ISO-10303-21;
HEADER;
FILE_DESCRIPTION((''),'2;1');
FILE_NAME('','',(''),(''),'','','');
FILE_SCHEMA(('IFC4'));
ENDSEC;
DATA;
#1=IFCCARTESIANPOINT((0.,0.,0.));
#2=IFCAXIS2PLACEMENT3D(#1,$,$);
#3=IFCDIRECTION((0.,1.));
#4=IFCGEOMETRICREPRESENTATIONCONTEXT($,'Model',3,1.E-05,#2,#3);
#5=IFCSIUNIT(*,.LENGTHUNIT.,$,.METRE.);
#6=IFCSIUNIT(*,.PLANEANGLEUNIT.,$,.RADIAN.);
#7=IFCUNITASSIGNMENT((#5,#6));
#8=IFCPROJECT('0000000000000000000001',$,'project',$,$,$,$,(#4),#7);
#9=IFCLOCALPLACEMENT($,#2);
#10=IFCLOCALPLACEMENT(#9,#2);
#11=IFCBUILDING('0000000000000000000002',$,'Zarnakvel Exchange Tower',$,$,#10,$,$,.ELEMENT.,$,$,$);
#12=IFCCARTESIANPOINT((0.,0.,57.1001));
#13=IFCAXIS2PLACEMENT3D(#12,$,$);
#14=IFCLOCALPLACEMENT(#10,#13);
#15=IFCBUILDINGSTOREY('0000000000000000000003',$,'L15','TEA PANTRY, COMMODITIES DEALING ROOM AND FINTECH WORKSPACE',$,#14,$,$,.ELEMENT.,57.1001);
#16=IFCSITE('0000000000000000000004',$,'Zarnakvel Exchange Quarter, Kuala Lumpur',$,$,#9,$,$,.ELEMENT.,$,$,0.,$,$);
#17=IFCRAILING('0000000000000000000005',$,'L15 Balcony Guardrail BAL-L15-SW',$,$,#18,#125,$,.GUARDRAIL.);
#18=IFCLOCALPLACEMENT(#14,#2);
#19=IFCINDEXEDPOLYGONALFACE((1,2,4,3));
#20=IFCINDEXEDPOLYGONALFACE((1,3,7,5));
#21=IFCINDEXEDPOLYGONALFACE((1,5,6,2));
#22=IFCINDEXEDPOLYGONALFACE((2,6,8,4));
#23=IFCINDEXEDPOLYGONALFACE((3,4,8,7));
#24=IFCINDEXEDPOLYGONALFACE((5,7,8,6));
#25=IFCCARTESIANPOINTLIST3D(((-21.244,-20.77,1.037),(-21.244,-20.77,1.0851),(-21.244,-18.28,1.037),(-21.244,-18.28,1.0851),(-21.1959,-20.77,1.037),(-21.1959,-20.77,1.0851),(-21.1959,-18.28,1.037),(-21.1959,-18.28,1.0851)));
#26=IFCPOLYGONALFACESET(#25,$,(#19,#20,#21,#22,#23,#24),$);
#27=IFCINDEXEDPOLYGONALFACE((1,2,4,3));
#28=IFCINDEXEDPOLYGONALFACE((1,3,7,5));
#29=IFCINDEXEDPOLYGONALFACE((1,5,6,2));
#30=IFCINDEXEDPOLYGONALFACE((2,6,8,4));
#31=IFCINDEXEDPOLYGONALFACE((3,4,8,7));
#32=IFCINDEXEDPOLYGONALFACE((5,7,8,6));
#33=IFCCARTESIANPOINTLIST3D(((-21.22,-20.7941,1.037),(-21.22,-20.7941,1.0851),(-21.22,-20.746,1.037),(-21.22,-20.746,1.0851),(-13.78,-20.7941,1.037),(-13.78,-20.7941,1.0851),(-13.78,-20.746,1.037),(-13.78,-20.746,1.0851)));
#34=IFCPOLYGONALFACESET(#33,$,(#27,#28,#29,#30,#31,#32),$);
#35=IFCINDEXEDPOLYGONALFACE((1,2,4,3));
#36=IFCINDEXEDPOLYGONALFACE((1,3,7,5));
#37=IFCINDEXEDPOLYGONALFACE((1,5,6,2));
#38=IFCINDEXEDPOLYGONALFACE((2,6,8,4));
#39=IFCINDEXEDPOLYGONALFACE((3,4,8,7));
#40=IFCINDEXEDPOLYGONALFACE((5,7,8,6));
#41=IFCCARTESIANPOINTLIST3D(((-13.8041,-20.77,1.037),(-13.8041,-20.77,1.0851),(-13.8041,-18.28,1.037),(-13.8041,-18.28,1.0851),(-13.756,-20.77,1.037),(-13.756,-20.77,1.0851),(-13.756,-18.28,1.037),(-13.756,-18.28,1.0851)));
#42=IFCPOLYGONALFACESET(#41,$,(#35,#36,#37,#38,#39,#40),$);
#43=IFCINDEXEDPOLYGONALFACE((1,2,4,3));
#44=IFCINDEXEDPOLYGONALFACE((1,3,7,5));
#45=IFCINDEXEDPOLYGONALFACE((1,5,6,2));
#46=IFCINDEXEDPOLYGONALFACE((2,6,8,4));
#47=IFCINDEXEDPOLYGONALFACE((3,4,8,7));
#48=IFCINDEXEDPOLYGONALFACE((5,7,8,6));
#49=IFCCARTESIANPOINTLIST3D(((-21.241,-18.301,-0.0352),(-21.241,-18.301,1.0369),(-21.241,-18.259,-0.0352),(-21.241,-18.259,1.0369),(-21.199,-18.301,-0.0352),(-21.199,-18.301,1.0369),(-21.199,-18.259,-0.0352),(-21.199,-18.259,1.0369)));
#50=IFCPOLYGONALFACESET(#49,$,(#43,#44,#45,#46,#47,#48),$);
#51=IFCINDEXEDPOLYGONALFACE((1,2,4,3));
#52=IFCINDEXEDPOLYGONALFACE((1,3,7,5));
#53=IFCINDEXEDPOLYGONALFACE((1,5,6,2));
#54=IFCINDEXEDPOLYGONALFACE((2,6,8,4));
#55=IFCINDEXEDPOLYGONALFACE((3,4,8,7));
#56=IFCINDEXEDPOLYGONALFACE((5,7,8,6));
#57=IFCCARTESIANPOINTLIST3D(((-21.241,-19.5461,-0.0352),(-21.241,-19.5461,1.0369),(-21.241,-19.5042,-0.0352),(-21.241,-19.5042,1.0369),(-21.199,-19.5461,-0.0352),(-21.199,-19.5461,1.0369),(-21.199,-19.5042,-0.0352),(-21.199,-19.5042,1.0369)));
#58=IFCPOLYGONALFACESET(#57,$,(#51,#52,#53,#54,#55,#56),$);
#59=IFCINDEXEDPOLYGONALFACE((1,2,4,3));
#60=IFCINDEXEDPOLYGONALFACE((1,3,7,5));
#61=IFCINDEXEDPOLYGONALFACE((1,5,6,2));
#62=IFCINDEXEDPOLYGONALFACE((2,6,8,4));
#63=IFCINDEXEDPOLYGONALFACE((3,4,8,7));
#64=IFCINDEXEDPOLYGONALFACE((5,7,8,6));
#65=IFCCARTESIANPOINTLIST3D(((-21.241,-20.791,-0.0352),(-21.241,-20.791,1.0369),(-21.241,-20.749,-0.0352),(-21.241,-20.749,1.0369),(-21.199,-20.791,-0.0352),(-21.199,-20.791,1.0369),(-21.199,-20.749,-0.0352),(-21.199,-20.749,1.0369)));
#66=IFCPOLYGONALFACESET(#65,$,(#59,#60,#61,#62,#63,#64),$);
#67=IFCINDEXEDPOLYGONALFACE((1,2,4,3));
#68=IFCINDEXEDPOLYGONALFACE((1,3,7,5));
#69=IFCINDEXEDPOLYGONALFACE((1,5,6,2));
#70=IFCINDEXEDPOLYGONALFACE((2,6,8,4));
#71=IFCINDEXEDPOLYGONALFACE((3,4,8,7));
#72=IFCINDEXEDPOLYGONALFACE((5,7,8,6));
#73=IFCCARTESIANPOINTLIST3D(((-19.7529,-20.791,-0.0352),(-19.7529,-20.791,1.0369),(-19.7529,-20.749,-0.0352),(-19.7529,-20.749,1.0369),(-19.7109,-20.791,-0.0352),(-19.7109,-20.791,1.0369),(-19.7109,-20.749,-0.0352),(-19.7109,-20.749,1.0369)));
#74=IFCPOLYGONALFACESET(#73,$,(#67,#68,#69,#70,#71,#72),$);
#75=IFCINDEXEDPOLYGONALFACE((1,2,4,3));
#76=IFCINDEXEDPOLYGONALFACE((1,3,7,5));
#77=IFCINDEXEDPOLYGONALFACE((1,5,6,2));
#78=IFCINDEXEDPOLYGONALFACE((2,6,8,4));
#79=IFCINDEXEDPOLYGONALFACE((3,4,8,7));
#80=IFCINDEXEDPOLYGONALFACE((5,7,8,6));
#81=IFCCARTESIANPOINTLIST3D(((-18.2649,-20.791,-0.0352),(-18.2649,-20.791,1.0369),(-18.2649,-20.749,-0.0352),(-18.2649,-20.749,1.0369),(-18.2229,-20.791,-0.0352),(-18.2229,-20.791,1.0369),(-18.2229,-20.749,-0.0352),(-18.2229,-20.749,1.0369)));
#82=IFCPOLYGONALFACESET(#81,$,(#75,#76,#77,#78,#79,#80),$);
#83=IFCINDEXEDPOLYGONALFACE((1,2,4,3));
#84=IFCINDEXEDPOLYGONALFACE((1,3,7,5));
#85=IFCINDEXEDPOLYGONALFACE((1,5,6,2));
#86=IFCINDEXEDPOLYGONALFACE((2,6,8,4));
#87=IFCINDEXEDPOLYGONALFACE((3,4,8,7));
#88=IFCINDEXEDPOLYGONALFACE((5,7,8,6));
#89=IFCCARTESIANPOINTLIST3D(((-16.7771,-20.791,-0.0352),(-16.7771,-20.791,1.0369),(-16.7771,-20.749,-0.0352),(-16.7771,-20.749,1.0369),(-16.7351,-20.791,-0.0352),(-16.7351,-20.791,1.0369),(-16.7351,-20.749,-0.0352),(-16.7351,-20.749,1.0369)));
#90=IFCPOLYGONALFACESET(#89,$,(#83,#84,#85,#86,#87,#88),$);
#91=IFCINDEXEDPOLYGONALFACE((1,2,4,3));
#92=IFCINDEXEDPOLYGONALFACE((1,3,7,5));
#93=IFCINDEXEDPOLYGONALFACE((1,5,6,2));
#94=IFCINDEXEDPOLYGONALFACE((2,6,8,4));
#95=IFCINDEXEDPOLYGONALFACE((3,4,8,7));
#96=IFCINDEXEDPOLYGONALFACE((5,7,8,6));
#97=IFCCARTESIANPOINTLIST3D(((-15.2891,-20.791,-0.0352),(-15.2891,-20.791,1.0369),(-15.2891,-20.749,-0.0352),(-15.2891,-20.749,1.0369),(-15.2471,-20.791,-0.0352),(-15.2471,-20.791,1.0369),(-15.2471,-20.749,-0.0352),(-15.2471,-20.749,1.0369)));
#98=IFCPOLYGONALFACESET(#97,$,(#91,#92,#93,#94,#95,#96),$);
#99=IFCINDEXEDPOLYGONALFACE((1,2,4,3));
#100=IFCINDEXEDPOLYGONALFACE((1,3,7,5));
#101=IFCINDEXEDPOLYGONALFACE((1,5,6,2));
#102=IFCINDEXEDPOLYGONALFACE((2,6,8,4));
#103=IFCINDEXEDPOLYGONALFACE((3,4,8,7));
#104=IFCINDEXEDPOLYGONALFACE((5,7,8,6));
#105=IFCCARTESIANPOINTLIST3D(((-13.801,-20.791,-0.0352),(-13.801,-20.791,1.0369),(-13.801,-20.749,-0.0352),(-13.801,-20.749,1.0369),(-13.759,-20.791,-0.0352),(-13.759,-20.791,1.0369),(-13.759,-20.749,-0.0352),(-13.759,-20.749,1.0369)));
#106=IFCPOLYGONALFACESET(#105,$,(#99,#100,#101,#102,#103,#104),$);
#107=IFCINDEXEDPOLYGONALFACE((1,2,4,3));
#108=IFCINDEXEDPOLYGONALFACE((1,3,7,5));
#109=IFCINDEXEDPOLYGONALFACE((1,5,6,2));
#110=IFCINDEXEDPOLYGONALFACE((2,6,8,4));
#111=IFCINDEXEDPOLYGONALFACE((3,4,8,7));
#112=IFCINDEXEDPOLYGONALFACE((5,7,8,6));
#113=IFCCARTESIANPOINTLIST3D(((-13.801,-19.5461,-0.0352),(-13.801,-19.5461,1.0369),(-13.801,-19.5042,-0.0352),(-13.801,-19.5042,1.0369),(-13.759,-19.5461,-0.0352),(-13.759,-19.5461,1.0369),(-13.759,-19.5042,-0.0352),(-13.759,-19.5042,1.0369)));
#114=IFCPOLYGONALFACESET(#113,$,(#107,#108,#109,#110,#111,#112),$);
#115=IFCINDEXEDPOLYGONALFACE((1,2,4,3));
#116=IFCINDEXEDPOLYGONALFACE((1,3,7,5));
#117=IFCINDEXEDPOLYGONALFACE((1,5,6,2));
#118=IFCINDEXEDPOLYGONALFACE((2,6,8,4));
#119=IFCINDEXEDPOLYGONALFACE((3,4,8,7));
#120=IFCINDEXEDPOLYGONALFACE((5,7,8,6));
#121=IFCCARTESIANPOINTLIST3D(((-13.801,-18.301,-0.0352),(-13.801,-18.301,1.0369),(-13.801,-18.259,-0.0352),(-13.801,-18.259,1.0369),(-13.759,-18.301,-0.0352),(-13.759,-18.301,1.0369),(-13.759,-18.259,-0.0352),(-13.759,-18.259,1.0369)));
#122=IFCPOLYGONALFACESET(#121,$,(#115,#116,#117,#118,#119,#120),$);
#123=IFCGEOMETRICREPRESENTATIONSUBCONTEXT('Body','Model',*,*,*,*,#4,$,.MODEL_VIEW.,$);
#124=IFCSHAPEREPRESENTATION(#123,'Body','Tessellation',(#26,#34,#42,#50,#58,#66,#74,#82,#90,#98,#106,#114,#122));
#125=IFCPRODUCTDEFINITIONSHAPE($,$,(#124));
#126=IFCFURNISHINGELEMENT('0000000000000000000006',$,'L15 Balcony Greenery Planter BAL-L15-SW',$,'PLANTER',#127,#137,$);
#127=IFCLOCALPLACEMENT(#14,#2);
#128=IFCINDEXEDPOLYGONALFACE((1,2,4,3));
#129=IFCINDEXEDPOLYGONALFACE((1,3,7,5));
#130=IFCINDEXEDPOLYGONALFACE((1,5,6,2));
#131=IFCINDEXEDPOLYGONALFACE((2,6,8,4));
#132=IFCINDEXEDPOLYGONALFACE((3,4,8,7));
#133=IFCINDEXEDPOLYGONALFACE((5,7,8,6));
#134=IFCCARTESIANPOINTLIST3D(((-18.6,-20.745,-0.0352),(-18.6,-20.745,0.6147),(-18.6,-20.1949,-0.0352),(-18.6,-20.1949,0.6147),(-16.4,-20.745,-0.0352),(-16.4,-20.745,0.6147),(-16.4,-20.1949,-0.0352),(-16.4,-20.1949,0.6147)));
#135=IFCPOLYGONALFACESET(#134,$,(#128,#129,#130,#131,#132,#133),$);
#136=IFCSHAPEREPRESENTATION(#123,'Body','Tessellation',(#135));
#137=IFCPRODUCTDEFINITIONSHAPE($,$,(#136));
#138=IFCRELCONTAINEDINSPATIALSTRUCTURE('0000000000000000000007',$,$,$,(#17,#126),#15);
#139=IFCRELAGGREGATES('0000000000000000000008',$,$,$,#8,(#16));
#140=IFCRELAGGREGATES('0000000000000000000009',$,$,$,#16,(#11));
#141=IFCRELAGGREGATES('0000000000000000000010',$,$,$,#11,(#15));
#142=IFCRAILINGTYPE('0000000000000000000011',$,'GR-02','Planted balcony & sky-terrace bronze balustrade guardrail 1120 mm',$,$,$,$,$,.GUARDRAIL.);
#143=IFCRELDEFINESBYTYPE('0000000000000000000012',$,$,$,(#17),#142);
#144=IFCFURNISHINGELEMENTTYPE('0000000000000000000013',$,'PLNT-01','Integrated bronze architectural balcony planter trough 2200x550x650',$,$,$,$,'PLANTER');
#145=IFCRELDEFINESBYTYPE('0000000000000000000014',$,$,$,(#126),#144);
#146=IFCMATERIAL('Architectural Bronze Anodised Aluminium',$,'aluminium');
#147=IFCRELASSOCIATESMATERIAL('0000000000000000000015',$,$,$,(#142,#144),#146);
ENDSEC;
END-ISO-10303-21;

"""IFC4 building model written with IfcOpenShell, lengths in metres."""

from ifc_helpers import new_model, si_unit, direction, frame, origin, origin_2d, place, context, subcontext, project, spatial, rectangle, extrude, source, transform, mapped, material, type_object, element, save


model = new_model("IFC4")

# Units and contexts
model_context = context("Model", 3, precision=1e-05, world=origin(), true_north=direction((0.0, 1.0)))
body_context = subcontext(model_context, "Body", "Model", "MODEL_VIEW")
ifc_project = project(units=[si_unit("LENGTHUNIT", "METRE"), si_unit("PLANEANGLEUNIT", "RADIAN")], contexts=[model_context])

# Site, building, storey
site_placement = place(None, origin())
site = spatial("IfcSite", under=ifc_project, at=site_placement, Name="Zarnakvel Exchange Quarter, Kuala Lumpur", CompositionType="ELEMENT", RefElevation=0.0)
building_placement = place(site_placement, origin())
building = spatial("IfcBuilding", under=site, at=building_placement, Name="Zarnakvel Exchange Tower", CompositionType="ELEMENT")
storey_placement = place(building_placement, frame((0.0, 0.0, 57.1001)))
storey = spatial("IfcBuildingStorey", under=building, at=storey_placement, Name="L15", Description="TEA PANTRY, COMMODITIES DEALING ROOM AND FINTECH WORKSPACE", CompositionType="ELEMENT", Elevation=57.1001)

# Shared definitions
ifc_material_1 = material(Name="Architectural Bronze Anodised Aluminium", Category="aluminium")

# Railing
railing_type = type_object("IfcRailingType", Name="GR-02", Description="Planted balcony & sky-terrace bronze balustrade guardrail 1120 mm", PredefinedType="GUARDRAIL", material=ifc_material_1)
railing_placement = place(storey_placement, frame((-21.22, -18.28, -0.0352)))
element("IfcRailing", 1, at=railing_placement, inside=storey, type_object=railing_type, Name="L15 Balcony Guardrail BAL-L15-SW", PredefinedType="GUARDRAIL", context=body_context, shape_type="SweptSolid", body=[
    extrude(rectangle(XDim=0.0481, YDim=0.0481, at=origin_2d()), frame((0.0, 0.0, 1.0962), z_axis=(0.0, -1.0, 0.0), x_axis=(1.0, 0.0, 0.0)), (0.0, 0.0, 1.0), 2.49),
    extrude(rectangle(XDim=0.0481, YDim=0.0481, at=origin_2d()), frame((0.0, -2.49, 1.0962), z_axis=(1.0, 0.0, 0.0), x_axis=(0.0, 1.0, 0.0)), (0.0, 0.0, 1.0), 7.4399),
    extrude(rectangle(XDim=0.0481, YDim=0.0481, at=origin_2d()), frame((7.4399, -2.49, 1.0962), z_axis=(0.0, 1.0, 0.0), x_axis=(-1.0, 0.0, 0.0)), (0.0, 0.0, 1.0), 2.49),
    extrude(rectangle(XDim=0.042, YDim=0.042, at=origin_2d()), origin(), (0.0, 0.0, 1.0), 1.072),
    extrude(rectangle(XDim=0.042, YDim=0.042, at=origin_2d()), frame((0.0, -1.2451, 0.0)), (0.0, 0.0, 1.0), 1.072),
    extrude(rectangle(XDim=0.042, YDim=0.042, at=origin_2d()), frame((0.0, -2.49, 0.0)), (0.0, 0.0, 1.0), 1.072),
    extrude(rectangle(XDim=0.042, YDim=0.042, at=origin_2d()), frame((1.488, -2.49, 0.0)), (0.0, 0.0, 1.0), 1.072),
    extrude(rectangle(XDim=0.042, YDim=0.042, at=origin_2d()), frame((2.9761, -2.49, 0.0)), (0.0, 0.0, 1.0), 1.072),
    extrude(rectangle(XDim=0.042, YDim=0.042, at=origin_2d()), frame((4.4639, -2.49, 0.0)), (0.0, 0.0, 1.0), 1.072),
    extrude(rectangle(XDim=0.042, YDim=0.042, at=origin_2d()), frame((5.9519, -2.49, 0.0)), (0.0, 0.0, 1.0), 1.072),
    extrude(rectangle(XDim=0.042, YDim=0.042, at=origin_2d()), frame((7.4399, -2.49, 0.0)), (0.0, 0.0, 1.0), 1.072),
    extrude(rectangle(XDim=0.042, YDim=0.042, at=origin_2d()), frame((7.4399, -1.2451, 0.0)), (0.0, 0.0, 1.0), 1.072),
    extrude(rectangle(XDim=0.042, YDim=0.042, at=origin_2d()), frame((7.4399, 0.0, 0.0)), (0.0, 0.0, 1.0), 1.072),
])

# Furnishing element
furnishing_element_type = type_object("IfcFurnishingElementType", Name="PLNT-01", Description="Integrated bronze architectural balcony planter trough 2200x550x650", ElementType="PLANTER", material=ifc_material_1)
shared_shape_1 = source(origin(), body_context, "Body", "SweptSolid", [
    extrude(rectangle(XDim=2.2, YDim=0.55, at=origin_2d()), origin(), (0.0, 0.0, 1.0), 0.6499),
])
furnishing_placement = place(storey_placement, frame((-17.5, -20.47, -0.0352), z_axis=(0.0, 0.0, 1.0), x_axis=(1.0, 0.0, 0.0)))
element("IfcFurnishingElement", 2, at=furnishing_placement, inside=storey, type_object=furnishing_element_type, Name="L15 Balcony Greenery Planter BAL-L15-SW", ObjectType="PLANTER", context=body_context, shape_type="MappedRepresentation", body=[
    mapped(shared_shape_1, transform((0.0, 0.0, 0.0), x_axis=(1.0, 0.0, 0.0), y_axis=(0.0, 1.0, 0.0), z_axis=(0.0, 0.0, 1.0), scale=1.0)),
])

save(model, "model.ifc")
